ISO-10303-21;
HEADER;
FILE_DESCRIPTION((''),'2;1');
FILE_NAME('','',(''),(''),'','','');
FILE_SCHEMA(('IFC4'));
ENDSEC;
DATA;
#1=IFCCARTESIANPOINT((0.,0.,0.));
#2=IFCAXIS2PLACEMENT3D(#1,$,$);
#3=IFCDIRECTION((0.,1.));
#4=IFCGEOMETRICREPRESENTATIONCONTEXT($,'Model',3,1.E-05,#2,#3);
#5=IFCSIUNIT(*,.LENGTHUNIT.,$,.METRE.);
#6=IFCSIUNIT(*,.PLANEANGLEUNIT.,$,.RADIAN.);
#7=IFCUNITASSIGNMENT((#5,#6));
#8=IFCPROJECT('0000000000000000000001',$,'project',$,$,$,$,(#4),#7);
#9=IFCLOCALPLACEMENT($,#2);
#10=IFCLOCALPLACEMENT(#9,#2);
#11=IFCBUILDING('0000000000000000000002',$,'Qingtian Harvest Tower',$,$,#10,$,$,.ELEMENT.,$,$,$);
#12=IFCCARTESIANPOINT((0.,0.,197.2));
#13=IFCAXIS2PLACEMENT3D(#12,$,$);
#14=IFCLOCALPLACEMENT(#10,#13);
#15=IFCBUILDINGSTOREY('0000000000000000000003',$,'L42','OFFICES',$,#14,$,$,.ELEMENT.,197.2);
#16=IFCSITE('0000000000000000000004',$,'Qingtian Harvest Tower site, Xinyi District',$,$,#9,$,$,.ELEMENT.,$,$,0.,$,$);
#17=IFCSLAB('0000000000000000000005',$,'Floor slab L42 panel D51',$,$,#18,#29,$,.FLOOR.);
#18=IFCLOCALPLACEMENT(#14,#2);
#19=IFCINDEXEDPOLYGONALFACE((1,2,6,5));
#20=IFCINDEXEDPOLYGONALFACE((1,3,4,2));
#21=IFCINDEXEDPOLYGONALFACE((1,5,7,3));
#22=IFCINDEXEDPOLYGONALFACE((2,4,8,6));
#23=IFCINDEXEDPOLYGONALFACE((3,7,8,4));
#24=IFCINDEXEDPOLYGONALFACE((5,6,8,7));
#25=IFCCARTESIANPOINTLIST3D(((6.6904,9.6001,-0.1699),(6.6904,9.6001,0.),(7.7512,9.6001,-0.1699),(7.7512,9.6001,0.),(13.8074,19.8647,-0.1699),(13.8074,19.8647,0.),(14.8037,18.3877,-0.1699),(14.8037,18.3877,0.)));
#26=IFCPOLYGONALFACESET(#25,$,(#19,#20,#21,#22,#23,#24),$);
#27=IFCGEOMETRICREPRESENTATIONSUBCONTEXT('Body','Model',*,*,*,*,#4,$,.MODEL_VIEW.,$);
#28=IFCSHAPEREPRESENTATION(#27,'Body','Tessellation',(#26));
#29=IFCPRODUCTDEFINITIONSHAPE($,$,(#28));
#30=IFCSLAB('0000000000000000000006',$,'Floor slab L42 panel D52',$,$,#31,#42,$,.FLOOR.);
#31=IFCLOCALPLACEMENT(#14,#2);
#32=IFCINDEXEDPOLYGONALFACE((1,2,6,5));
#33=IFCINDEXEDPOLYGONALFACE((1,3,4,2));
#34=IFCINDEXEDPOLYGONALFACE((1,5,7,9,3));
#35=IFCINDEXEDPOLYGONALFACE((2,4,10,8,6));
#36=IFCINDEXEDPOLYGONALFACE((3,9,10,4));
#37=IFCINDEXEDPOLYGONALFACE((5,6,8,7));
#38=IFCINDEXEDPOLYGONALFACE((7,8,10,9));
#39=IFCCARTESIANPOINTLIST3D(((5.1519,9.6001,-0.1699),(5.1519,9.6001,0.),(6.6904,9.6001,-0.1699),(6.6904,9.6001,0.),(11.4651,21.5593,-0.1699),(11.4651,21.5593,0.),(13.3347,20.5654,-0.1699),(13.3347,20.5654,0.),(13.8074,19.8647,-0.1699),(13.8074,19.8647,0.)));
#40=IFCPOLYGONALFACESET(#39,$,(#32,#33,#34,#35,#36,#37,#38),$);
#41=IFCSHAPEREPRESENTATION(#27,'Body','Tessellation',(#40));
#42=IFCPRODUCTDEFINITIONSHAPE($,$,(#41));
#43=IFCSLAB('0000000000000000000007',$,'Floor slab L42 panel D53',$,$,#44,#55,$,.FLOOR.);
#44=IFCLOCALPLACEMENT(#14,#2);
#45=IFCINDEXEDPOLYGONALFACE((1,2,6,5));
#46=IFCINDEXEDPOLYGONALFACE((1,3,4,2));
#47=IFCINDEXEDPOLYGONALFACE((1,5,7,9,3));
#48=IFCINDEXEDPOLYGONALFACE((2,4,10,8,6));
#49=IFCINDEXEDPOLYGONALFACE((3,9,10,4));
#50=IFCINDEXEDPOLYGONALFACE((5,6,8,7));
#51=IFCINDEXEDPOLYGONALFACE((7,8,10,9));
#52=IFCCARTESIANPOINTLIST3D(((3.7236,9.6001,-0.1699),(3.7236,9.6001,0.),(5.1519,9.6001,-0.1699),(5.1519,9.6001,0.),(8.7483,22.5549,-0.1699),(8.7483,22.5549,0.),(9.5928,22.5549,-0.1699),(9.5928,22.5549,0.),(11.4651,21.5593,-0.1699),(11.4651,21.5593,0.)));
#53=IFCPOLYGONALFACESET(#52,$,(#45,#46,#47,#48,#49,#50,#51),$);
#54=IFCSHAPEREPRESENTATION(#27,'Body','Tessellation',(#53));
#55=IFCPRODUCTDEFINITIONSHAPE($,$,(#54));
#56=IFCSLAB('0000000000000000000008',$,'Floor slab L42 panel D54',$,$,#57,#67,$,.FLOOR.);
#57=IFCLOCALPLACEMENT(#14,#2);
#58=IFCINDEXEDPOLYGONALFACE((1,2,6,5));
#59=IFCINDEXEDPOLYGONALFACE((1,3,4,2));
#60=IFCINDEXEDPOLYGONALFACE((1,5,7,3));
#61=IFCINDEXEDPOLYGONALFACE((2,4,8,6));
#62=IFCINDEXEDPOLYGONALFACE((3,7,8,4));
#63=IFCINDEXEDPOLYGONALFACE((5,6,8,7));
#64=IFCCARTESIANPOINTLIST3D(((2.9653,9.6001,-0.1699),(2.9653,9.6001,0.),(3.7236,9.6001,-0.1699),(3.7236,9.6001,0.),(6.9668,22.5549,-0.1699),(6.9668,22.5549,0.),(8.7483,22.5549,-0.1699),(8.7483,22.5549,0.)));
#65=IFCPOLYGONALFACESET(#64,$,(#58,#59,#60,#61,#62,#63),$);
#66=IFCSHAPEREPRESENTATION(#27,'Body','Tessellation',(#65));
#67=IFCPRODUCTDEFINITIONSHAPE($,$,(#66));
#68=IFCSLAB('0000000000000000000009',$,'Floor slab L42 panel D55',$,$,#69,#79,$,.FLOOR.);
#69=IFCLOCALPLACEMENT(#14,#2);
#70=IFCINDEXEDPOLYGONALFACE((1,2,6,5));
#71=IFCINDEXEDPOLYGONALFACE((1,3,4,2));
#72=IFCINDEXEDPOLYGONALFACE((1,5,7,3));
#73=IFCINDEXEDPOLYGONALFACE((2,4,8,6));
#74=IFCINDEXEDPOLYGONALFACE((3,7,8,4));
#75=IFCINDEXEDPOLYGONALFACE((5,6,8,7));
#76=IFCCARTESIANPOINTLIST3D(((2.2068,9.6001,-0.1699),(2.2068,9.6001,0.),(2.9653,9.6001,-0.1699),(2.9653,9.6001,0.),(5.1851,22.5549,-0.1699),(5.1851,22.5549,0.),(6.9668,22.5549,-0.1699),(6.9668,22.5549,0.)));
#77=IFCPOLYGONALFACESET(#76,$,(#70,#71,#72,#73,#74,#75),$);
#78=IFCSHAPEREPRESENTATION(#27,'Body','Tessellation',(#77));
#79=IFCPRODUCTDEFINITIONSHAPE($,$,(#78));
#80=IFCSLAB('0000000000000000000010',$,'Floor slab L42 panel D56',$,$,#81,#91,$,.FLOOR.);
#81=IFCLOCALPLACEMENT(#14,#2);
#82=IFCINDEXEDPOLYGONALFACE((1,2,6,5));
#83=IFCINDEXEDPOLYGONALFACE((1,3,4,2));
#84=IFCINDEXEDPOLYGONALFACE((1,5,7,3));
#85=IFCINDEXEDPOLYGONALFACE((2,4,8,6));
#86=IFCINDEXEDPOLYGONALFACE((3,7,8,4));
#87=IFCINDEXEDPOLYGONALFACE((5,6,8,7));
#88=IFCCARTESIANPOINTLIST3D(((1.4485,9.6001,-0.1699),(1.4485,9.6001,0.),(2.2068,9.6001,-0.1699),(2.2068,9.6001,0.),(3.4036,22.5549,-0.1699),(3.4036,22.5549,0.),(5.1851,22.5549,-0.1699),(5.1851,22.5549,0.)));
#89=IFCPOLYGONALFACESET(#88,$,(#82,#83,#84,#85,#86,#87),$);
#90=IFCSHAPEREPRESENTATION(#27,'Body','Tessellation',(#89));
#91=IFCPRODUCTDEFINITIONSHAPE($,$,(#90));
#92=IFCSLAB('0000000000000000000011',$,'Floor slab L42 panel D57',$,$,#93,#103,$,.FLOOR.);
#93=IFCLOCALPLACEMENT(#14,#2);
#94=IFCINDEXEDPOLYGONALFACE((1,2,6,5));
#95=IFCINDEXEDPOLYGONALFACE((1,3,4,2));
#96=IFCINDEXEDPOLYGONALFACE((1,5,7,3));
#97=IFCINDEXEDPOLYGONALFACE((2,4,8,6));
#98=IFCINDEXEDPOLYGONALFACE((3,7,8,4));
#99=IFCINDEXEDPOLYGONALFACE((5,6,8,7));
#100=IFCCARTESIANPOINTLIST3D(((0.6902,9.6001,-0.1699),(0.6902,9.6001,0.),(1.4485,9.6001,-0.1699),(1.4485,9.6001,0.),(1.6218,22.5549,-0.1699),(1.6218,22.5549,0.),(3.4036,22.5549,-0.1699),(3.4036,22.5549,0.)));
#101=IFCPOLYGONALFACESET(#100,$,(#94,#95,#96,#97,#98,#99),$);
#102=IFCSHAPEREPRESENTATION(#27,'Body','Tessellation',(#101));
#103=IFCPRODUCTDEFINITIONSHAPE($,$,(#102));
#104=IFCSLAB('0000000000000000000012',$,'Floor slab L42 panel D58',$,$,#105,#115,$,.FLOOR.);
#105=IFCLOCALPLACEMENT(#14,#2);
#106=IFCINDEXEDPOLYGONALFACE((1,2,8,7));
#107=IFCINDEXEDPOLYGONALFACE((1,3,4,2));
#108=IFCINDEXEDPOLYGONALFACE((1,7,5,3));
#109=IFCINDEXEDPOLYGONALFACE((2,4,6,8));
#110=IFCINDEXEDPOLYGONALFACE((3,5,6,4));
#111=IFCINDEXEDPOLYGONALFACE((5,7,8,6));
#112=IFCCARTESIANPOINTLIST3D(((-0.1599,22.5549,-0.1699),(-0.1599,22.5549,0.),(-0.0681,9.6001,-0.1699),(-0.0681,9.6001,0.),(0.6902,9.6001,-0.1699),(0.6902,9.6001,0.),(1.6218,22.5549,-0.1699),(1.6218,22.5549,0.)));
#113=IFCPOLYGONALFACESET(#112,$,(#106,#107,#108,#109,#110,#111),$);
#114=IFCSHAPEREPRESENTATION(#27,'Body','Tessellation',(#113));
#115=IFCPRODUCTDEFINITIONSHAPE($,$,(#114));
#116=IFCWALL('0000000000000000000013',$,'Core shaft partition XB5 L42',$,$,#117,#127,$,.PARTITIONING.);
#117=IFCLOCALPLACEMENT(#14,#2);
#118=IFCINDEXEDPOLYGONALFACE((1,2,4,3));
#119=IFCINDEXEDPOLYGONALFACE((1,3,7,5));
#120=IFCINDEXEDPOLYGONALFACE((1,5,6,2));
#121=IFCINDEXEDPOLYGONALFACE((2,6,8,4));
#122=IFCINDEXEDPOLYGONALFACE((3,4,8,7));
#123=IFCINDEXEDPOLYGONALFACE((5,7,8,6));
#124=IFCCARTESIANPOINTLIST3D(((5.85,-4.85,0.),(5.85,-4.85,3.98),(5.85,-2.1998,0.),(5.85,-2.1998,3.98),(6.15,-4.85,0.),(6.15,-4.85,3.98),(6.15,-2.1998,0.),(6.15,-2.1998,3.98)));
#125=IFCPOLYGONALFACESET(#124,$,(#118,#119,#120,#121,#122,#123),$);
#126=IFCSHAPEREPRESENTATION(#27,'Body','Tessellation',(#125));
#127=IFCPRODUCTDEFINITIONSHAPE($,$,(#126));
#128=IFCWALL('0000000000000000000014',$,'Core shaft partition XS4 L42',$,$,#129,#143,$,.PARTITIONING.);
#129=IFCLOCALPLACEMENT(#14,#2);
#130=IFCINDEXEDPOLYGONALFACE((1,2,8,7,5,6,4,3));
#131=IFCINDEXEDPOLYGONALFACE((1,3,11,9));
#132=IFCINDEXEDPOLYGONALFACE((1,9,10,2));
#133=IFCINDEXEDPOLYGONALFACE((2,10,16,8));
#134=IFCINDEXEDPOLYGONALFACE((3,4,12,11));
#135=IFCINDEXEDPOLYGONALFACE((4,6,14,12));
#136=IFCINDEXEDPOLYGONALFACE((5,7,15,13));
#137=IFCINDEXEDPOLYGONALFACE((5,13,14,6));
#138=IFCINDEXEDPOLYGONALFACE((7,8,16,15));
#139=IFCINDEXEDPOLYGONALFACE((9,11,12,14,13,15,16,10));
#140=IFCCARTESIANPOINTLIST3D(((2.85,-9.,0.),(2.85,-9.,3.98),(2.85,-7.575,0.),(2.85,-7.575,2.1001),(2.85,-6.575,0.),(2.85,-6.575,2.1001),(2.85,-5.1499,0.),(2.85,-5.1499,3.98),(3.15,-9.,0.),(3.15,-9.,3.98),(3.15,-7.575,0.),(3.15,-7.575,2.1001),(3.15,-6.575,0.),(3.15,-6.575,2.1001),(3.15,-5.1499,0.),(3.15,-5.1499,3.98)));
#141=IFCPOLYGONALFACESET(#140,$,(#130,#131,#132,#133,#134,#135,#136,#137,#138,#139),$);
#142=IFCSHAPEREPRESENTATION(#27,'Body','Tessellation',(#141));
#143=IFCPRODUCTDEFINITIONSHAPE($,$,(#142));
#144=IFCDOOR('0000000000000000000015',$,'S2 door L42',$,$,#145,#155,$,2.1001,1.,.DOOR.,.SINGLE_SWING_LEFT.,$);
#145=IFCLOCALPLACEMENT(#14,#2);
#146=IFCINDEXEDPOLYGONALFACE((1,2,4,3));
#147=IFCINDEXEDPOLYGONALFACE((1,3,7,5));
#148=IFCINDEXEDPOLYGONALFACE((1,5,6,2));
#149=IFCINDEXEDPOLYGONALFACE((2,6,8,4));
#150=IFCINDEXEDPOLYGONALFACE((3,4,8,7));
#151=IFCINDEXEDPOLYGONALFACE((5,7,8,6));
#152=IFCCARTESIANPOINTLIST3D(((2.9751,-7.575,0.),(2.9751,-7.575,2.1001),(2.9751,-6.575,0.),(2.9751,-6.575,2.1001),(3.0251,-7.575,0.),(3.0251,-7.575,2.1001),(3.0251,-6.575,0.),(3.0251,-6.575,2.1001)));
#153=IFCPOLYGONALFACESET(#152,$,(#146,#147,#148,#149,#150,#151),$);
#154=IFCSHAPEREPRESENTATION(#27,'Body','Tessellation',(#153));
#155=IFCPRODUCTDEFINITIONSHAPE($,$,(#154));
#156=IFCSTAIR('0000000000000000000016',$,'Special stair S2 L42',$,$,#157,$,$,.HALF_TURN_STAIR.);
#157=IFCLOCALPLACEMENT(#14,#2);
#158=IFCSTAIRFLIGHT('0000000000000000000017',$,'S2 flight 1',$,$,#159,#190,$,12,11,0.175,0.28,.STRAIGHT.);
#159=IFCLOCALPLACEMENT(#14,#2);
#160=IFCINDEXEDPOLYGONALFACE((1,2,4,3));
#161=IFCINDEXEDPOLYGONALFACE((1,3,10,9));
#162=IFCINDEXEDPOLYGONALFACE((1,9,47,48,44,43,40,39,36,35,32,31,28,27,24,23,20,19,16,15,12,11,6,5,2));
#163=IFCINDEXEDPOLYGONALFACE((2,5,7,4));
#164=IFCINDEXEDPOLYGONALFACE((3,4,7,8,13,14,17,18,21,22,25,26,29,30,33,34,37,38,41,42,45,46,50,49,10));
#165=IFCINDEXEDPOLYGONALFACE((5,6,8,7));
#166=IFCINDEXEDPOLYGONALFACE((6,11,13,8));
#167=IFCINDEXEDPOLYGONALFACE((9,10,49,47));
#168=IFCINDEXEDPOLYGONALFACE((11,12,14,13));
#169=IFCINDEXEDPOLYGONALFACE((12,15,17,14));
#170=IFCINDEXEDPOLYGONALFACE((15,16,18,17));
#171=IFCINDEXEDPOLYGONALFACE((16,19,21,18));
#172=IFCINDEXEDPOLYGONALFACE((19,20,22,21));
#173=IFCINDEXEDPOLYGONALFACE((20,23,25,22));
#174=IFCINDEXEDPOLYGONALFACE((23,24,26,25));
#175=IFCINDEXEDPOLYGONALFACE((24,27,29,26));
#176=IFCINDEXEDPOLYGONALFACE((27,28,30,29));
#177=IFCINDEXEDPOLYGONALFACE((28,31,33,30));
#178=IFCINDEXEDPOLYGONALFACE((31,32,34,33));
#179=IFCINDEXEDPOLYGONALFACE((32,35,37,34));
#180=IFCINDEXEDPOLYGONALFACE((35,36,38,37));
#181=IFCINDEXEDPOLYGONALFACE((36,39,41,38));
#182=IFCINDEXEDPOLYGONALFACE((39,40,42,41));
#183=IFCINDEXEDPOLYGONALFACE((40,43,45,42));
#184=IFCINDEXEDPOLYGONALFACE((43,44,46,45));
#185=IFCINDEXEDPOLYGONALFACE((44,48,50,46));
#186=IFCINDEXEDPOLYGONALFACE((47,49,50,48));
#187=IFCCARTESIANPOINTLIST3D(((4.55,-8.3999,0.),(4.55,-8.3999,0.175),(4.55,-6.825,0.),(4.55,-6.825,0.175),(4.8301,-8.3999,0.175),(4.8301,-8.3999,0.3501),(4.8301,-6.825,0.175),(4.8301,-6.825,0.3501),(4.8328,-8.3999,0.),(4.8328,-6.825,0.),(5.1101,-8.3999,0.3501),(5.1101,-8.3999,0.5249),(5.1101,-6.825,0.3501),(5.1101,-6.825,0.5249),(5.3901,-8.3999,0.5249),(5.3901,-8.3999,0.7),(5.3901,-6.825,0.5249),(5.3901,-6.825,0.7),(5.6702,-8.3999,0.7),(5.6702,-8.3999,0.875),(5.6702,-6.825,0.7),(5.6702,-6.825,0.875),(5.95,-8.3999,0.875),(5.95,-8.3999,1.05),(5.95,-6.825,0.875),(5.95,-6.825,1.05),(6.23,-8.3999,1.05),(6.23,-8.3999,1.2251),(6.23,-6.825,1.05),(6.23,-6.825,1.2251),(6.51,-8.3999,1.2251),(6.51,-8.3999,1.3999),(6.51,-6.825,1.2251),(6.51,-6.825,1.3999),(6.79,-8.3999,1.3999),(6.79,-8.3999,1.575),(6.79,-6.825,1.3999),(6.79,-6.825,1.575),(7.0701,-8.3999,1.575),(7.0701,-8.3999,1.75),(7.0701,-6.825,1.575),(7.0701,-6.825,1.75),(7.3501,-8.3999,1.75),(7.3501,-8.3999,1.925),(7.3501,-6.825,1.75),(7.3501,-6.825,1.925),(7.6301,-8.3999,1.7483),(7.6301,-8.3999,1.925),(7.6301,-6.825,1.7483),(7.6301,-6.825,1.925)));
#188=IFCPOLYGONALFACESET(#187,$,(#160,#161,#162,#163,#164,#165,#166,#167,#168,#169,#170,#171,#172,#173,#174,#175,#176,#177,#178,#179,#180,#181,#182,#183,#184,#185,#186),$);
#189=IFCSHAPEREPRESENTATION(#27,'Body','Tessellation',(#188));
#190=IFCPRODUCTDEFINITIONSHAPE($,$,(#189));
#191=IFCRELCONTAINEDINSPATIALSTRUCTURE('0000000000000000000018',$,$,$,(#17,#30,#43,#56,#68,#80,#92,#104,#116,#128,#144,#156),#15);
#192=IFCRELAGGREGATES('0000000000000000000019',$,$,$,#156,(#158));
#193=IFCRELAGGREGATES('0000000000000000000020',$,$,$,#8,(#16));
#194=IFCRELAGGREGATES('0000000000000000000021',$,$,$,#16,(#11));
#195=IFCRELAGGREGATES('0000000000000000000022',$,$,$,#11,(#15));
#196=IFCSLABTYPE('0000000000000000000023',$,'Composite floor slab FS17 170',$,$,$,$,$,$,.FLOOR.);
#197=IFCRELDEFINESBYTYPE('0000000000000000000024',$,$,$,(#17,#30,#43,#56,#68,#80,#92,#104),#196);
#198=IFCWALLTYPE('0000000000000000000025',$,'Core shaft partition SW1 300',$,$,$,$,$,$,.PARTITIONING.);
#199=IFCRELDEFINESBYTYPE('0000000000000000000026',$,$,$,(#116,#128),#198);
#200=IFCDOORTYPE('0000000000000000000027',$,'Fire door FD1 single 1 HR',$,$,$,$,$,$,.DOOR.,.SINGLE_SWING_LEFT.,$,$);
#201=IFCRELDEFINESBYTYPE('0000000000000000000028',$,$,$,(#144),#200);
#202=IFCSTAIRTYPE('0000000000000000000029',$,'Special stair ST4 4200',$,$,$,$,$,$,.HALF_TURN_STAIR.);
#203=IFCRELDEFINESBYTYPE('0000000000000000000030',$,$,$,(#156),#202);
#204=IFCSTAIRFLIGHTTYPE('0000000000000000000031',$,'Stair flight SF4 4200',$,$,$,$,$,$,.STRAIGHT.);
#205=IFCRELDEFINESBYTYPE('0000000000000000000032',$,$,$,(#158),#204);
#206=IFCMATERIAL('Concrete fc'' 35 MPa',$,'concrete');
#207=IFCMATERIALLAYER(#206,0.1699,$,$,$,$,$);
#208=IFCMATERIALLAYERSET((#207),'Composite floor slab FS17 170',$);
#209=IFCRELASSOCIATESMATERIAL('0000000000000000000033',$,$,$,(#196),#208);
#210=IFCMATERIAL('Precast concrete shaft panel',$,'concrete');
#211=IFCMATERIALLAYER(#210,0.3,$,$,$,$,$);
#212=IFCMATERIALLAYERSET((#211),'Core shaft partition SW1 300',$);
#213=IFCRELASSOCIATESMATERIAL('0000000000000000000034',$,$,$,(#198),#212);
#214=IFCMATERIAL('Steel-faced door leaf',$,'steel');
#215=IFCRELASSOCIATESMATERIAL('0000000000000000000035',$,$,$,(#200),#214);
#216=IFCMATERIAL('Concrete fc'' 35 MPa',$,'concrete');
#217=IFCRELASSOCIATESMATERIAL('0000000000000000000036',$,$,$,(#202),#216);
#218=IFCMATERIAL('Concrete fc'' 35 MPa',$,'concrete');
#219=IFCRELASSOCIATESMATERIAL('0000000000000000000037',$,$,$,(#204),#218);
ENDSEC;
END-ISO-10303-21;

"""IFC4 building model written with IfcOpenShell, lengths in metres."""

from ifc_helpers import new_model, si_unit, direction, frame, frame_2d, origin, place, context, subcontext, project, spatial, polyline, rectangle, outline, extrude, material, layer, layer_set, type_object, element, fill, aggregate, save


model = new_model("IFC4")

# Units and contexts
model_context = context("Model", 3, precision=1e-05, world=origin(), true_north=direction((0.0, 1.0)))
body_context = subcontext(model_context, "Body", "Model", "MODEL_VIEW")
ifc_project = project(units=[si_unit("LENGTHUNIT", "METRE"), si_unit("PLANEANGLEUNIT", "RADIAN")], contexts=[model_context])

# Site, building, storey
site_placement = place(None, origin())
site = spatial("IfcSite", under=ifc_project, at=site_placement, Name="Qingtian Harvest Tower site, Xinyi District", CompositionType="ELEMENT", RefElevation=0.0)
building_placement = place(site_placement, origin())
building = spatial("IfcBuilding", under=site, at=building_placement, Name="Qingtian Harvest Tower", CompositionType="ELEMENT")
storey_placement = place(building_placement, frame((0.0, 0.0, 197.2)))
storey = spatial("IfcBuildingStorey", under=building, at=storey_placement, Name="L42", Description="OFFICES", CompositionType="ELEMENT", Elevation=197.2)

# Slabs
ifc_material_1 = material(Name="Concrete fc' 35 MPa", Category="concrete")
ifc_layer_1 = layer(ifc_material_1, 0.1699)
ifc_layer_set_1 = layer_set([ifc_layer_1], Name="Composite floor slab FS17 170")
slab_type = type_object("IfcSlabType", Name="Composite floor slab FS17 170", PredefinedType="FLOOR", material=ifc_layer_set_1)
slab_1_placement = place(storey_placement, frame((0.0, 0.0, -0.1699)))
element("IfcSlab", 1, at=slab_1_placement, inside=storey, type_object=slab_type, Name="Floor slab L42 panel D51", PredefinedType="FLOOR", context=body_context, shape_type="SweptSolid", body=[
    extrude(outline(polyline([(6.6904, 9.6001), (13.8074, 19.8647), (14.8037, 18.3877), (7.7512, 9.6001), (6.6904, 9.6001)])), origin(), (0.0, 0.0, 1.0), 0.1699),
])
slab_2_placement = place(storey_placement, frame((0.0, 0.0, -0.1699)))
element("IfcSlab", 2, at=slab_2_placement, inside=storey, type_object=slab_type, Name="Floor slab L42 panel D52", PredefinedType="FLOOR", context=body_context, shape_type="SweptSolid", body=[
    extrude(outline(polyline([(6.6904, 9.6001), (5.1519, 9.6001), (11.4651, 21.5593), (13.3347, 20.5654), (13.8074, 19.8647), (6.6904, 9.6001)])), origin(), (0.0, 0.0, 1.0), 0.1699),
])
slab_3_placement = place(storey_placement, frame((0.0, 0.0, -0.1699)))
element("IfcSlab", 3, at=slab_3_placement, inside=storey, type_object=slab_type, Name="Floor slab L42 panel D53", PredefinedType="FLOOR", context=body_context, shape_type="SweptSolid", body=[
    extrude(outline(polyline([(3.7236, 9.6001), (8.7483, 22.5549), (9.5928, 22.5549), (11.4651, 21.5593), (5.1519, 9.6001), (3.7236, 9.6001)])), origin(), (0.0, 0.0, 1.0), 0.1699),
])
slab_4_placement = place(storey_placement, frame((0.0, 0.0, -0.1699)))
element("IfcSlab", 4, at=slab_4_placement, inside=storey, type_object=slab_type, Name="Floor slab L42 panel D54", PredefinedType="FLOOR", context=body_context, shape_type="SweptSolid", body=[
    extrude(outline(polyline([(2.9653, 9.6001), (6.9668, 22.5549), (8.7483, 22.5549), (3.7236, 9.6001), (2.9653, 9.6001)])), origin(), (0.0, 0.0, 1.0), 0.1699),
])
slab_5_placement = place(storey_placement, frame((0.0, 0.0, -0.1699)))
element("IfcSlab", 5, at=slab_5_placement, inside=storey, type_object=slab_type, Name="Floor slab L42 panel D55", PredefinedType="FLOOR", context=body_context, shape_type="SweptSolid", body=[
    extrude(outline(polyline([(2.2068, 9.6001), (5.1851, 22.5549), (6.9668, 22.5549), (2.9653, 9.6001), (2.2068, 9.6001)])), origin(), (0.0, 0.0, 1.0), 0.1699),
])
slab_6_placement = place(storey_placement, frame((0.0, 0.0, -0.1699)))
element("IfcSlab", 6, at=slab_6_placement, inside=storey, type_object=slab_type, Name="Floor slab L42 panel D56", PredefinedType="FLOOR", context=body_context, shape_type="SweptSolid", body=[
    extrude(outline(polyline([(1.4485, 9.6001), (3.4036, 22.5549), (5.1851, 22.5549), (2.2068, 9.6001), (1.4485, 9.6001)])), origin(), (0.0, 0.0, 1.0), 0.1699),
])
slab_7_placement = place(storey_placement, frame((0.0, 0.0, -0.1699)))
element("IfcSlab", 7, at=slab_7_placement, inside=storey, type_object=slab_type, Name="Floor slab L42 panel D57", PredefinedType="FLOOR", context=body_context, shape_type="SweptSolid", body=[
    extrude(outline(polyline([(0.6902, 9.6001), (1.6218, 22.5549), (3.4036, 22.5549), (1.4485, 9.6001), (0.6902, 9.6001)])), origin(), (0.0, 0.0, 1.0), 0.1699),
])
slab_8_placement = place(storey_placement, frame((0.0, 0.0, -0.1699)))
element("IfcSlab", 8, at=slab_8_placement, inside=storey, type_object=slab_type, Name="Floor slab L42 panel D58", PredefinedType="FLOOR", context=body_context, shape_type="SweptSolid", body=[
    extrude(outline(polyline([(-0.0681, 9.6001), (-0.1599, 22.5549), (1.6218, 22.5549), (0.6902, 9.6001), (-0.0681, 9.6001)])), origin(), (0.0, 0.0, 1.0), 0.1699),
])

# Wall
ifc_material_2 = material(Name="Precast concrete shaft panel", Category="concrete")
ifc_layer_2 = layer(ifc_material_2, 0.3)
ifc_layer_set_2 = layer_set([ifc_layer_2], Name="Core shaft partition SW1 300")
wall_type_1 = type_object("IfcWallType", Name="Core shaft partition SW1 300", PredefinedType="PARTITIONING", material=ifc_layer_set_2)
wall_1_placement = place(storey_placement, frame((6.0, -4.8501, 0.0), z_axis=(0.0, 0.0, 1.0), x_axis=(0.0, 1.0, 0.0)))
element("IfcWall", 9, at=wall_1_placement, inside=storey, type_object=wall_type_1, Name="Core shaft partition XB5 L42", PredefinedType="PARTITIONING", context=body_context, shape_type="SweptSolid", body=[
    extrude(rectangle(XDim=2.6501, YDim=0.3, at=frame_2d((1.3252, 0.0))), origin(), (0.0, 0.0, 1.0), 3.98),
])

# Wall, opening, door
wall_2_placement = place(storey_placement, frame((3.0, -9.0, 0.0), z_axis=(0.0, 0.0, 1.0), x_axis=(0.0, 1.0, 0.0)))
wall_2 = element("IfcWall", 10, at=wall_2_placement, inside=storey, type_object=wall_type_1, Name="Core shaft partition XS4 L42", PredefinedType="PARTITIONING", context=body_context, shape_type="SweptSolid", body=[
    extrude(rectangle(XDim=3.8501, YDim=0.3, at=frame_2d((1.925, 0.0))), origin(), (0.0, 0.0, 1.0), 3.98),
])
opening_1_placement = place(wall_2_placement, frame((1.425, 0.0, 0.0)))
opening_1 = element("IfcOpeningElement", 11, at=opening_1_placement, cuts=wall_2, PredefinedType="OPENING", context=body_context, shape_type="SweptSolid", body=[
    extrude(rectangle(XDim=1.0, YDim=2.1001, at=frame_2d((0.5, 1.05))), frame((0.0, 0.1599, 0.0), z_axis=(0.0, -1.0, 0.0), x_axis=(1.0, 0.0, 0.0)), (0.0, 0.0, 1.0), 0.3201),
])
ifc_material_3 = material(Name="Steel-faced door leaf", Category="steel")
door_type_1 = type_object("IfcDoorType", Name="Fire door FD1 single 1 HR", OperationType="SINGLE_SWING_LEFT", PredefinedType="DOOR", material=ifc_material_3)
door_1_placement = place(opening_1_placement, origin())
door_1 = element("IfcDoor", 12, at=door_1_placement, inside=storey, type_object=door_type_1, Name="S2 door L42", OperationType="SINGLE_SWING_LEFT", OverallHeight=2.1001, OverallWidth=1.0, PredefinedType="DOOR", context=body_context, shape_type="SweptSolid", body=[
    extrude(rectangle(XDim=1.0, YDim=2.1001, at=frame_2d((0.5, 1.05))), frame((0.0, 0.0249, 0.0), z_axis=(0.0, -1.0, 0.0), x_axis=(1.0, 0.0, 0.0)), (0.0, 0.0, 1.0), 0.05),
])
fill(opening_1, door_1)

# Stair, stair flight
ifc_material_4 = material(Name="Concrete fc' 35 MPa", Category="concrete")
stair_type = type_object("IfcStairType", Name="Special stair ST4 4200", PredefinedType="HALF_TURN_STAIR", material=ifc_material_4)
stair_placement = place(storey_placement, origin())
stair = element("IfcStair", 13, at=stair_placement, inside=storey, type_object=stair_type, Name="Special stair S2 L42", PredefinedType="HALF_TURN_STAIR")
ifc_material_5 = material(Name="Concrete fc' 35 MPa", Category="concrete")
stair_flight_type = type_object("IfcStairFlightType", Name="Stair flight SF4 4200", PredefinedType="STRAIGHT", material=ifc_material_5)
stair_flight_1_placement = place(storey_placement, frame((4.55, -7.6125, 0.0), z_axis=(0.0, 0.0, 1.0), x_axis=(1.0, 0.0, 0.0)))
stair_flight_1 = element("IfcStairFlight", 14, at=stair_flight_1_placement, type_object=stair_flight_type, Name="S2 flight 1", NumberOfRisers=12, NumberOfTreads=11, PredefinedType="STRAIGHT", RiserHeight=0.175, TreadLength=0.28, context=body_context, shape_type="SweptSolid", body=[
    extrude(outline(polyline([(0.0, 0.0), (0.0, 0.175), (0.28, 0.175), (0.28, 0.3501), (0.5601, 0.3501), (0.5601, 0.5249), (0.8401, 0.5249), (0.8401, 0.7), (1.1201, 0.7), (1.1201, 0.875), (1.3999, 0.875), (1.3999, 1.05), (1.6799, 1.05), (1.6799, 1.2251), (1.96, 1.2251), (1.96, 1.3999), (2.24, 1.3999), (2.24, 1.575), (2.52, 1.575), (2.52, 1.75), (2.8, 1.75), (2.8, 1.925), (3.0801, 1.925), (3.0801, 2.1001), (3.0801, 1.7483), (0.2827, 0.0), (0.0, 0.0)])), frame((0.0, 0.7876, 0.0), z_axis=(0.0, -1.0, 0.0), x_axis=(1.0, 0.0, 0.0)), (0.0, 0.0, 1.0), 1.575),
])
aggregate(stair, [stair_flight_1])

save(model, "model.ifc")
